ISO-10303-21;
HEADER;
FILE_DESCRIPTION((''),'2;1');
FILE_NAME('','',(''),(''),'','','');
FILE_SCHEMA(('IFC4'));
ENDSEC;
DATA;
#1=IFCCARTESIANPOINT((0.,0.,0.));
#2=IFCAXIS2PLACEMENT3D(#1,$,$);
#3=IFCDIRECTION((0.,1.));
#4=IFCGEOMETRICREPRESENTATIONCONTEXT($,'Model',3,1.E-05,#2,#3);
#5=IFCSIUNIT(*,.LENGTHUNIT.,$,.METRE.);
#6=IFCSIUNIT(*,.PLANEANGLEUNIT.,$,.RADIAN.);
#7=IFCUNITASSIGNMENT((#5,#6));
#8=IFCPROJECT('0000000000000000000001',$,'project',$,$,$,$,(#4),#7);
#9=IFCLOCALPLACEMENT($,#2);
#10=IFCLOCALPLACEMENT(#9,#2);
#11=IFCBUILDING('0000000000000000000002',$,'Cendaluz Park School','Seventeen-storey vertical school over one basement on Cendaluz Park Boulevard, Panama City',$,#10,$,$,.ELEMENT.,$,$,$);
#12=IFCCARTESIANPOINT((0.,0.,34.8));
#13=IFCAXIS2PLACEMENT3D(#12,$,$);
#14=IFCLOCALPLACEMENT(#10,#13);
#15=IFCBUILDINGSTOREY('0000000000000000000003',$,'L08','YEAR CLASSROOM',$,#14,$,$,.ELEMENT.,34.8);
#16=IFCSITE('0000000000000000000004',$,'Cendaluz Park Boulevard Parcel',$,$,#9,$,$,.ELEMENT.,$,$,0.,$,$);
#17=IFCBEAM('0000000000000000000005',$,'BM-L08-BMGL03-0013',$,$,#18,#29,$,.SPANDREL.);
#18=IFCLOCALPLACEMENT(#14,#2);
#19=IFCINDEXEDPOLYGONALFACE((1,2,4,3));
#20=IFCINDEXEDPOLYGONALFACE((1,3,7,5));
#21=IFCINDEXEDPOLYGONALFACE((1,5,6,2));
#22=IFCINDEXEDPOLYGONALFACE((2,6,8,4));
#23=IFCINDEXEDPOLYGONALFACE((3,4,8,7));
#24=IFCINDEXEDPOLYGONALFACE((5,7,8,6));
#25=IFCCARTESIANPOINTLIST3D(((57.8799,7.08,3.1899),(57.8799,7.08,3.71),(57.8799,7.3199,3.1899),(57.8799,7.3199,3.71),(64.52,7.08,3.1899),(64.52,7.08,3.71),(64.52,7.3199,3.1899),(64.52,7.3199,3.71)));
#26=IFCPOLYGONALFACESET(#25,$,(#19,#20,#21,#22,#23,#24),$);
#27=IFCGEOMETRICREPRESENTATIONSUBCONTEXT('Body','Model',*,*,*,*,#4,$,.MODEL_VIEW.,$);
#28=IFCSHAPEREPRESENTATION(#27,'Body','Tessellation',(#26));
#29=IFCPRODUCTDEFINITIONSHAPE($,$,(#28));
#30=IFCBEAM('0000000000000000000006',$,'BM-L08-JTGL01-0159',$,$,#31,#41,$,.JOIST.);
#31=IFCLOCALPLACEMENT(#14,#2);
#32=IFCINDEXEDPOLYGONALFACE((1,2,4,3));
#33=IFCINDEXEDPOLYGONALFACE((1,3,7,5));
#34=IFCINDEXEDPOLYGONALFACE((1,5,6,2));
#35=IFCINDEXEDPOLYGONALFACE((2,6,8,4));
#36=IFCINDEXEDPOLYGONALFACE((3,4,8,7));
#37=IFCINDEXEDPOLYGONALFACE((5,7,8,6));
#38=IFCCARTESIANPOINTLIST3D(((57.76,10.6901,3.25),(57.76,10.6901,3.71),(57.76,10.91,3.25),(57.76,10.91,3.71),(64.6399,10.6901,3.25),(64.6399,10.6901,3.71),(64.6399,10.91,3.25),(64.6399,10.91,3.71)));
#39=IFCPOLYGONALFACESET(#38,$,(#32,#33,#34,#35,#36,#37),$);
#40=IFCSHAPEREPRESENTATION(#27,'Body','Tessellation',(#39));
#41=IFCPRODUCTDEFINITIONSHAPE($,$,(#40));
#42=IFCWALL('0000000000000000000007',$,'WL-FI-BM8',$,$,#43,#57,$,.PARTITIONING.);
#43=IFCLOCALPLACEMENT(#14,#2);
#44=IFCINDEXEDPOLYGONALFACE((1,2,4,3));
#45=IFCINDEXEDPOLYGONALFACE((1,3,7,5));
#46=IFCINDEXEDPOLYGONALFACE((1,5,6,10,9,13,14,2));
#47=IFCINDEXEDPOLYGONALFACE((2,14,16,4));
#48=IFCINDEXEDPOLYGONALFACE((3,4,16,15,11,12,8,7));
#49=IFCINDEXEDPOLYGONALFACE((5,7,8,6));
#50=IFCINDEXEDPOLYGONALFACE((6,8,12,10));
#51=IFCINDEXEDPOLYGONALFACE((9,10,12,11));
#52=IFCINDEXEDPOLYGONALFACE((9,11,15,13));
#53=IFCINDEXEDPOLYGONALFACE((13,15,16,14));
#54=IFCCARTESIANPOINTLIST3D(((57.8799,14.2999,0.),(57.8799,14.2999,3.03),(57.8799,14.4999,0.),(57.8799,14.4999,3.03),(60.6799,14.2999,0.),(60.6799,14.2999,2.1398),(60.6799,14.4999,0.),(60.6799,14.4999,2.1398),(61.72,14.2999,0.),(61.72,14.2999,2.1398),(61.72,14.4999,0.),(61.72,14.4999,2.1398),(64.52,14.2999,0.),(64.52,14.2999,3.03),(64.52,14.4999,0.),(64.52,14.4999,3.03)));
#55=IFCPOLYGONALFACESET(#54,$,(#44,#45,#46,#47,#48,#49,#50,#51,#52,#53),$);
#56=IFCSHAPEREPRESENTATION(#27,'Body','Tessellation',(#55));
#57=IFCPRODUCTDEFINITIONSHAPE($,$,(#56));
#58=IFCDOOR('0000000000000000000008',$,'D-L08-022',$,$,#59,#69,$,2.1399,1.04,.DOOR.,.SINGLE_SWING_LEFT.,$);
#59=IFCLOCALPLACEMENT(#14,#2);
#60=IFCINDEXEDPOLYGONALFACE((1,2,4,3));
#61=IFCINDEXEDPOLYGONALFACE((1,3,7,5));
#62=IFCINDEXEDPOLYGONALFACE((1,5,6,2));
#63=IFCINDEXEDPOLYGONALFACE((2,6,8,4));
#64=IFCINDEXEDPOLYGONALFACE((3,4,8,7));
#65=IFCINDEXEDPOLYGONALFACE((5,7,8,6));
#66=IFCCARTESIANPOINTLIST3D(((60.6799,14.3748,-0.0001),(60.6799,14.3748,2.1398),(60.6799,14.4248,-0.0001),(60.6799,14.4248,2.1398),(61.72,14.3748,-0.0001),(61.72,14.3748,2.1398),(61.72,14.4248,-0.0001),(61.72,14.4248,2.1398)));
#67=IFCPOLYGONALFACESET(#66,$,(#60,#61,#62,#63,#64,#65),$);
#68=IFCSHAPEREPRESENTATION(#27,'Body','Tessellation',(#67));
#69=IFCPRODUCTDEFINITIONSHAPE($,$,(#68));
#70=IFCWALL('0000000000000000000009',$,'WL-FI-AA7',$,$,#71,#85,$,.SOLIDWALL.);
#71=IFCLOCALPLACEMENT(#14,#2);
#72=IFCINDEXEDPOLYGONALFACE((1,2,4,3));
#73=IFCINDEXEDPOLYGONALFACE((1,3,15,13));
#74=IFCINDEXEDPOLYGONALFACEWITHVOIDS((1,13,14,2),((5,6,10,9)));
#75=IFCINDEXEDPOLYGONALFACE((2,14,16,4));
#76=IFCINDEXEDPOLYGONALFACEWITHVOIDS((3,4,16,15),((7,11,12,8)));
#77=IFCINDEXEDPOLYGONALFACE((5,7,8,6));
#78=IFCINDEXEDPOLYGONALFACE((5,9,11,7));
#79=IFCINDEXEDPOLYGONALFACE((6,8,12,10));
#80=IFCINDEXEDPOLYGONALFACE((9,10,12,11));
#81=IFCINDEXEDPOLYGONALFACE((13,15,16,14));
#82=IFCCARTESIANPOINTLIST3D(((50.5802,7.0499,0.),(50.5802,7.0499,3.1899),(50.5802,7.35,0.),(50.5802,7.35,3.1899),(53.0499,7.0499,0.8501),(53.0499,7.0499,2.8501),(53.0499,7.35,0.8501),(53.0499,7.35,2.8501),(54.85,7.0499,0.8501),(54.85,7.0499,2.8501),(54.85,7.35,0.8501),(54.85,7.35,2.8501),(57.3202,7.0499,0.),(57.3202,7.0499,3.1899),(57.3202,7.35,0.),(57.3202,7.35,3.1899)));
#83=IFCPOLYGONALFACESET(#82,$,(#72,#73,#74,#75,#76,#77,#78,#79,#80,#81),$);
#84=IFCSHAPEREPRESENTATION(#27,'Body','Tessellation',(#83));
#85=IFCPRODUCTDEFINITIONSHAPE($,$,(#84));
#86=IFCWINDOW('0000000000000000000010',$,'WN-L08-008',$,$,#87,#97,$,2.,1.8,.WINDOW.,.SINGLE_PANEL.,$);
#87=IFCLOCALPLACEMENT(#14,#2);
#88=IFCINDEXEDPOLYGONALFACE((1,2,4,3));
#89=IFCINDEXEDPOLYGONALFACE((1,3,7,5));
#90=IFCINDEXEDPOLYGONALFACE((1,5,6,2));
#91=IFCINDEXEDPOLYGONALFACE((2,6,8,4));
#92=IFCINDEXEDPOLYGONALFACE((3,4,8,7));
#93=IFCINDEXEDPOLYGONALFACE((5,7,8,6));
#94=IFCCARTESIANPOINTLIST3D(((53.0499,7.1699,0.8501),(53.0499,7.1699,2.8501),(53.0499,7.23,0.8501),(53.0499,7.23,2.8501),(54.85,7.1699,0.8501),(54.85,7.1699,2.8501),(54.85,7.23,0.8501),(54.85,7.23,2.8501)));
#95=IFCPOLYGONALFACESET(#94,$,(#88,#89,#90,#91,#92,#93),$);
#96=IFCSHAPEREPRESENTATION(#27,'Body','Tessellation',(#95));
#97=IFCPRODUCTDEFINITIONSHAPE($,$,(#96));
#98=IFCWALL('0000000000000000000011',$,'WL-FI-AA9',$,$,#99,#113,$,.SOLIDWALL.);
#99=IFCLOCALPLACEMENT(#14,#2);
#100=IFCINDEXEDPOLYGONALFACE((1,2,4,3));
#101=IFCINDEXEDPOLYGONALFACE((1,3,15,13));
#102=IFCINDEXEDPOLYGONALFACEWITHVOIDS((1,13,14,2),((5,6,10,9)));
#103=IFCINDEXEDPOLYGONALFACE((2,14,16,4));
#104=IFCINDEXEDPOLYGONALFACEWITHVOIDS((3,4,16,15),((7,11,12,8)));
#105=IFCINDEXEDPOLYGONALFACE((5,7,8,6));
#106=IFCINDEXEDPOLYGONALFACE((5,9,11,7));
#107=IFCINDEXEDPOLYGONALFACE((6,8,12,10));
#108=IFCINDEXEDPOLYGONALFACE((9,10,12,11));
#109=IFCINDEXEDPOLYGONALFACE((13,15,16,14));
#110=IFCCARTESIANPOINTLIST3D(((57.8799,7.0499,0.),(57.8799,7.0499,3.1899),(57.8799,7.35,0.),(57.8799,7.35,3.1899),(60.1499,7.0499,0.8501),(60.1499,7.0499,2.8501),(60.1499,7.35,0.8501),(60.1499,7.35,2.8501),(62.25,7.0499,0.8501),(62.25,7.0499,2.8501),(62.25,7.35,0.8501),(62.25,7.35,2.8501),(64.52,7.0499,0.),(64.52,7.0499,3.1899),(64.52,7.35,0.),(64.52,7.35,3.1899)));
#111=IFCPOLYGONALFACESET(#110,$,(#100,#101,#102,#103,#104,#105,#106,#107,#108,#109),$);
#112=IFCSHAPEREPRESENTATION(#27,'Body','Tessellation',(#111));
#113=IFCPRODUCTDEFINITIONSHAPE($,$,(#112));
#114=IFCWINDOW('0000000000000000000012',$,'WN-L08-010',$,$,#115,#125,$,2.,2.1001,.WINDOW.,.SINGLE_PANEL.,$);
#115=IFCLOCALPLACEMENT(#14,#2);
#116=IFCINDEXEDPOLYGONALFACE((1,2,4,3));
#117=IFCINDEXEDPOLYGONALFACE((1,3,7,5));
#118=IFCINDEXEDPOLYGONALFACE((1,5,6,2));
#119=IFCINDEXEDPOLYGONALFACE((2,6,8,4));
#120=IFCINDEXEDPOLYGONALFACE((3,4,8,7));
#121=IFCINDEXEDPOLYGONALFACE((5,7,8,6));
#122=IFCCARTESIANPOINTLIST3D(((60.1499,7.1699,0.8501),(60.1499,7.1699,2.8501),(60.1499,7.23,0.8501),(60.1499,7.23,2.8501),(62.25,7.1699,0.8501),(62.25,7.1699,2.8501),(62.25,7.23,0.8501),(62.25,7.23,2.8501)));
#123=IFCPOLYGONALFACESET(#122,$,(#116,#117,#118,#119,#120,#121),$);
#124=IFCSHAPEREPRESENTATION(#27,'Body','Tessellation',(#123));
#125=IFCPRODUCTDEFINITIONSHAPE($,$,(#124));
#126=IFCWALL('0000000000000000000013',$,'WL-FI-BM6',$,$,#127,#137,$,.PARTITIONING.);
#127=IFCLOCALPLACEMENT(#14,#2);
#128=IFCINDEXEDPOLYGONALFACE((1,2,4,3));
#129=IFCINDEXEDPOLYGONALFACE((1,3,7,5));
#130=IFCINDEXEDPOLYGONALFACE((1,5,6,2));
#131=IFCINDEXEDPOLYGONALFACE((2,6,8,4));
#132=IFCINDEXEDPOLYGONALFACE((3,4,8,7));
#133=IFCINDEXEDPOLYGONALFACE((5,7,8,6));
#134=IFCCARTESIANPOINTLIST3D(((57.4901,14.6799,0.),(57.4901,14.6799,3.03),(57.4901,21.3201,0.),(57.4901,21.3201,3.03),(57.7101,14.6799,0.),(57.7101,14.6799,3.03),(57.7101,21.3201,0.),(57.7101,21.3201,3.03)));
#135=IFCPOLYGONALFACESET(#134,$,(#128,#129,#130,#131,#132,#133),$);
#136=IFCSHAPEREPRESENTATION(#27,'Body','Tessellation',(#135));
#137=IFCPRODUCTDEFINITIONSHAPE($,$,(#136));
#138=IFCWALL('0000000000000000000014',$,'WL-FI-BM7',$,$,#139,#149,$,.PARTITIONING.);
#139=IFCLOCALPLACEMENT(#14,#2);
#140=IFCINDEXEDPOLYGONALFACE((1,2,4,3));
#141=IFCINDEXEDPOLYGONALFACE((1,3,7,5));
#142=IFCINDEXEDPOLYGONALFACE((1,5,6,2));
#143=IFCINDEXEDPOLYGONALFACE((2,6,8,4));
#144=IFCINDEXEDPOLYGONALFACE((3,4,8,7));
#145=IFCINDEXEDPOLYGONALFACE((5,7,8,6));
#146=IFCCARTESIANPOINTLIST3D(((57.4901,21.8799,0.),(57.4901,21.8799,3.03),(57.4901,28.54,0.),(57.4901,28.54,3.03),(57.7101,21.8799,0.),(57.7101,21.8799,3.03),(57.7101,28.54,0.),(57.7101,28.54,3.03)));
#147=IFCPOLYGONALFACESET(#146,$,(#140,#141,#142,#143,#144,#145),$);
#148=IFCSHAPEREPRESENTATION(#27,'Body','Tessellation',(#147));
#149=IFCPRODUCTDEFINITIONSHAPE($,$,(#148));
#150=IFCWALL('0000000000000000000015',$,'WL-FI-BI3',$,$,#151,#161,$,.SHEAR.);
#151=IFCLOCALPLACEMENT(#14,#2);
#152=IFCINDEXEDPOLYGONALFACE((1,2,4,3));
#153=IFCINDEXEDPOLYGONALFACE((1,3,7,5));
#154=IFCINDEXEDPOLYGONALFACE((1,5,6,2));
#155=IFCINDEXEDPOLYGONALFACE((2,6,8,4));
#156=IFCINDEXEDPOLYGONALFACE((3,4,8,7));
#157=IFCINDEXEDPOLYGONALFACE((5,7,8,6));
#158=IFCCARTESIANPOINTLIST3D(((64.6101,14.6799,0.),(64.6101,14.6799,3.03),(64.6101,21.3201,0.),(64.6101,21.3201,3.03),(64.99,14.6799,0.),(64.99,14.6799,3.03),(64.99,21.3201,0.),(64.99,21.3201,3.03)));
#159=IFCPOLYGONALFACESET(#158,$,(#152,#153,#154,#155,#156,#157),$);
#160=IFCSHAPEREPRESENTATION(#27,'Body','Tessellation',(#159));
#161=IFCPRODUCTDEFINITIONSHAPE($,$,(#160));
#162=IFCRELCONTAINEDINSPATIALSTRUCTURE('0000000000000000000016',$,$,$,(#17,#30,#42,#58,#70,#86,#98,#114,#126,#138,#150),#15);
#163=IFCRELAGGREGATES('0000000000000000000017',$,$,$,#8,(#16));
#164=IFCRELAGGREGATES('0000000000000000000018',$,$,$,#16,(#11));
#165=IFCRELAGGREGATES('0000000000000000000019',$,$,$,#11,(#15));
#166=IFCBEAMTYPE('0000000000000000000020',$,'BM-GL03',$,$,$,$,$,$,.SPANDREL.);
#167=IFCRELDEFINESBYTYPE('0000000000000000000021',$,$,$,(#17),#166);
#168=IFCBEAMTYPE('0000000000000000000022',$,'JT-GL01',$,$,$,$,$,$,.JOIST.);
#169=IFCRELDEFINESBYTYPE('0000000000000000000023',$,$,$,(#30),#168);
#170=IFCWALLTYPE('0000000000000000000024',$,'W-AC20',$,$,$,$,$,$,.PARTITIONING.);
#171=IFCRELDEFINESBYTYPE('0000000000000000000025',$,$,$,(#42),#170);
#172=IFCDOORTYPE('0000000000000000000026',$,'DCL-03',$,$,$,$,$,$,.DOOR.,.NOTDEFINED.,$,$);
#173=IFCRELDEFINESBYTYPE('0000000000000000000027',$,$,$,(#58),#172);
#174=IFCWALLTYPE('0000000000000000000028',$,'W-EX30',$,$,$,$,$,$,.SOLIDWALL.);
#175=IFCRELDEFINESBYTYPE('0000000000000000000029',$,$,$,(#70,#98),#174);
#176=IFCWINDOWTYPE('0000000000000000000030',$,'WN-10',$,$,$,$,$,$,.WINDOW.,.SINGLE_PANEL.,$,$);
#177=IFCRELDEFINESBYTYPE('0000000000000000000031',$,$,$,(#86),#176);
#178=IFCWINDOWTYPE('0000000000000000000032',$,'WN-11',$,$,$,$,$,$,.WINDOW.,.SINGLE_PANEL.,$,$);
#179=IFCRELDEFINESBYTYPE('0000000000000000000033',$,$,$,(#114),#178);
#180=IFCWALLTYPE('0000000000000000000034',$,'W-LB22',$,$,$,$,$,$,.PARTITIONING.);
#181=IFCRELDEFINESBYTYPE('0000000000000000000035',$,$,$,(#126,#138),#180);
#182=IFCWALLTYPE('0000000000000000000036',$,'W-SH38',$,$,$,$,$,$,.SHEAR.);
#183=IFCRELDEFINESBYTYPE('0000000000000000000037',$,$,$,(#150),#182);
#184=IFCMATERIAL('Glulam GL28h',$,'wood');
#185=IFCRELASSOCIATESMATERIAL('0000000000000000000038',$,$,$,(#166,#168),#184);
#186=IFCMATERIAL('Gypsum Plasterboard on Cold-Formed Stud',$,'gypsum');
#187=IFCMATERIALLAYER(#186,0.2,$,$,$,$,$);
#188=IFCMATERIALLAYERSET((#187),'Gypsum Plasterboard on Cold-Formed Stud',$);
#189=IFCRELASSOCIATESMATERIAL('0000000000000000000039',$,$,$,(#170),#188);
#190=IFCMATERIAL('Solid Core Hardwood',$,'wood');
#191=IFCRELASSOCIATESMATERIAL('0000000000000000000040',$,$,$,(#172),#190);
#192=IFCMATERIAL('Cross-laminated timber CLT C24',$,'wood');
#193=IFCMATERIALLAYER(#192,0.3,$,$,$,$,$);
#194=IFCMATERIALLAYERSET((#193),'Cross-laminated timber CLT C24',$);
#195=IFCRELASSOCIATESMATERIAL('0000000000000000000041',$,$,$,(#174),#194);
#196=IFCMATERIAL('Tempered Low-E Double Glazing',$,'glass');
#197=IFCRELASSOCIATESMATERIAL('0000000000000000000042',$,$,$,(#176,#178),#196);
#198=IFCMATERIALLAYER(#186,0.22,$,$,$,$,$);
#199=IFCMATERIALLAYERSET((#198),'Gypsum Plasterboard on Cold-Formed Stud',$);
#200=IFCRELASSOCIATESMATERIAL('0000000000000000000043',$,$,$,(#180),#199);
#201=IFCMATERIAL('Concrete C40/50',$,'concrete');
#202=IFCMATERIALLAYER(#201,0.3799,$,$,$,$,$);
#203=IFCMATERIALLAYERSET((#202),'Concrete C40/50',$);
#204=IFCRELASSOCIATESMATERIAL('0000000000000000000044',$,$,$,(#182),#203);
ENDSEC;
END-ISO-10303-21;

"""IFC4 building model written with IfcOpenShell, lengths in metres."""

from ifc_helpers import new_model, si_unit, direction, frame, frame_2d, origin, origin_2d, place, context, subcontext, project, spatial, rectangle, extrude, material, layer, layer_set, material_profile, profile_set, type_object, element, fill, save


model = new_model("IFC4")

# Units and contexts
model_context = context("Model", 3, precision=1e-05, world=origin(), true_north=direction((0.0, 1.0)))
body_context = subcontext(model_context, "Body", "Model", "MODEL_VIEW")
ifc_project = project(units=[si_unit("LENGTHUNIT", "METRE"), si_unit("PLANEANGLEUNIT", "RADIAN")], contexts=[model_context])

# Site, building, storey
site_placement = place(None, origin())
site = spatial("IfcSite", under=ifc_project, at=site_placement, Name="Cendaluz Park Boulevard Parcel", CompositionType="ELEMENT", RefElevation=0.0)
building_placement = place(site_placement, origin())
building = spatial("IfcBuilding", under=site, at=building_placement, Name="Cendaluz Park School", Description="Seventeen-storey vertical school over one basement on Cendaluz Park Boulevard, Panama City", CompositionType="ELEMENT")
storey_placement = place(building_placement, frame((0.0, 0.0, 34.8)))
storey = spatial("IfcBuildingStorey", under=building, at=storey_placement, Name="L08", Description="YEAR CLASSROOM", CompositionType="ELEMENT", Elevation=34.8)

# Beams
ifc_material_1 = material(Name="Glulam GL28h", Category="wood")
ifc_material_profile_1 = material_profile(ifc_material_1, rectangle(XDim=0.24, YDim=0.52, at=origin_2d()), Name="GL28h 240x520", Category="wood")
ifc_profile_set_1 = profile_set([ifc_material_profile_1], Name="Glulam GL28h")
beam_type_1 = type_object("IfcBeamType", Name="BM-GL03", PredefinedType="SPANDREL", material=ifc_profile_set_1)
beam_1_placement = place(storey_placement, frame((57.8799, 7.2, 3.45), z_axis=(1.0, 0.0, 0.0), x_axis=(0.0, 1.0, 0.0)))
element("IfcBeam", 1, at=beam_1_placement, inside=storey, type_object=beam_type_1, Name="BM-L08-BMGL03-0013", PredefinedType="SPANDREL", context=body_context, shape_type="SweptSolid", body=[
    extrude(rectangle(XDim=0.24, YDim=0.52, at=origin_2d()), origin(), (0.0, 0.0, 1.0), 6.6401),
])
ifc_material_profile_2 = material_profile(ifc_material_1, rectangle(XDim=0.22, YDim=0.46, at=origin_2d()), Name="GL28h 220x460", Category="wood")
ifc_profile_set_2 = profile_set([ifc_material_profile_2], Name="Glulam GL28h")
beam_type_2 = type_object("IfcBeamType", Name="JT-GL01", PredefinedType="JOIST", material=ifc_profile_set_2)
beam_2_placement = place(storey_placement, frame((57.76, 10.8, 3.48), z_axis=(1.0, 0.0, 0.0), x_axis=(0.0, 1.0, 0.0)))
element("IfcBeam", 2, at=beam_2_placement, inside=storey, type_object=beam_type_2, Name="BM-L08-JTGL01-0159", PredefinedType="JOIST", context=body_context, shape_type="SweptSolid", body=[
    extrude(rectangle(XDim=0.22, YDim=0.46, at=origin_2d()), origin(), (0.0, 0.0, 1.0), 6.8799),
])

# Wall, opening, door
ifc_material_2 = material(Name="Gypsum Plasterboard on Cold-Formed Stud", Category="gypsum")
ifc_layer_1 = layer(ifc_material_2, 0.2)
ifc_layer_set_1 = layer_set([ifc_layer_1], Name="Gypsum Plasterboard on Cold-Formed Stud")
wall_type_1 = type_object("IfcWallType", Name="W-AC20", PredefinedType="PARTITIONING", material=ifc_layer_set_1)
wall_1_placement = place(storey_placement, frame((57.8799, 14.3999, 0.0), z_axis=(0.0, 0.0, 1.0), x_axis=(1.0, 0.0, 0.0)))
wall_1 = element("IfcWall", 3, at=wall_1_placement, inside=storey, type_object=wall_type_1, Name="WL-FI-BM8", PredefinedType="PARTITIONING", context=body_context, shape_type="SweptSolid", body=[
    extrude(rectangle(XDim=6.6401, YDim=0.2, at=frame_2d((3.3201, 0.0))), origin(), (0.0, 0.0, 1.0), 3.03),
])
opening_1_placement = place(wall_1_placement, frame((2.8, 0.0, 0.0)))
opening_1 = element("IfcOpeningElement", 4, at=opening_1_placement, cuts=wall_1, PredefinedType="OPENING", context=body_context, shape_type="SweptSolid", body=[
    extrude(rectangle(XDim=1.04, YDim=2.1399, at=frame_2d((0.52, 1.0698))), frame((0.0, 0.1121, 0.0), z_axis=(0.0, -1.0, 0.0), x_axis=(1.0, 0.0, 0.0)), (0.0, 0.0, 1.0), 0.2239),
])
ifc_material_3 = material(Name="Solid Core Hardwood", Category="wood")
door_type_1 = type_object("IfcDoorType", Name="DCL-03", OperationType="NOTDEFINED", PredefinedType="DOOR", material=ifc_material_3)
door_1_placement = place(opening_1_placement, origin())
door_1 = element("IfcDoor", 5, at=door_1_placement, inside=storey, type_object=door_type_1, Name="D-L08-022", OperationType="SINGLE_SWING_LEFT", OverallHeight=2.1399, OverallWidth=1.04, PredefinedType="DOOR", context=body_context, shape_type="SweptSolid", body=[
    extrude(rectangle(XDim=1.04, YDim=2.1399, at=frame_2d((0.52, 1.0698))), frame((0.0, 0.0249, 0.0), z_axis=(0.0, -1.0, 0.0), x_axis=(1.0, 0.0, 0.0)), (0.0, 0.0, 1.0), 0.05),
])
fill(opening_1, door_1)

# Walls, openings, windows
ifc_material_4 = material(Name="Cross-laminated timber CLT C24", Category="wood")
ifc_layer_2 = layer(ifc_material_4, 0.3)
ifc_layer_set_2 = layer_set([ifc_layer_2], Name="Cross-laminated timber CLT C24")
wall_type_2 = type_object("IfcWallType", Name="W-EX30", PredefinedType="SOLIDWALL", material=ifc_layer_set_2)
wall_2_placement = place(storey_placement, frame((50.5801, 7.2, 0.0), z_axis=(0.0, 0.0, 1.0), x_axis=(1.0, 0.0, 0.0)))
wall_2 = element("IfcWall", 6, at=wall_2_placement, inside=storey, type_object=wall_type_2, Name="WL-FI-AA7", PredefinedType="SOLIDWALL", context=body_context, shape_type="SweptSolid", body=[
    extrude(rectangle(XDim=6.74, YDim=0.3, at=frame_2d((3.3701, 0.0))), origin(), (0.0, 0.0, 1.0), 3.1899),
])
opening_2_placement = place(wall_2_placement, frame((2.47, 0.0, 0.8501)))
opening_2 = element("IfcOpeningElement", 7, at=opening_2_placement, cuts=wall_2, PredefinedType="OPENING", context=body_context, shape_type="SweptSolid", body=[
    extrude(rectangle(XDim=1.8, YDim=2.0, at=frame_2d((0.8999, 1.0))), frame((0.0, 0.1621, 0.0), z_axis=(0.0, -1.0, 0.0), x_axis=(1.0, 0.0, 0.0)), (0.0, 0.0, 1.0), 0.324),
])
ifc_material_5 = material(Name="Tempered Low-E Double Glazing", Category="glass")
window_type_1 = type_object("IfcWindowType", Name="WN-10", PartitioningType="SINGLE_PANEL", PredefinedType="WINDOW", material=ifc_material_5)
window_1_placement = place(opening_2_placement, origin())
window_1 = element("IfcWindow", 8, at=window_1_placement, inside=storey, type_object=window_type_1, Name="WN-L08-008", OverallHeight=2.0, OverallWidth=1.8, PartitioningType="SINGLE_PANEL", PredefinedType="WINDOW", context=body_context, shape_type="SweptSolid", body=[
    extrude(rectangle(XDim=1.8, YDim=2.0, at=frame_2d((0.8999, 1.0))), frame((0.0, 0.03, 0.0), z_axis=(0.0, -1.0, 0.0), x_axis=(1.0, 0.0, 0.0)), (0.0, 0.0, 1.0), 0.0601),
])
fill(opening_2, window_1)
wall_3_placement = place(storey_placement, frame((57.8799, 7.2, 0.0), z_axis=(0.0, 0.0, 1.0), x_axis=(1.0, 0.0, 0.0)))
wall_3 = element("IfcWall", 9, at=wall_3_placement, inside=storey, type_object=wall_type_2, Name="WL-FI-AA9", PredefinedType="SOLIDWALL", context=body_context, shape_type="SweptSolid", body=[
    extrude(rectangle(XDim=6.6401, YDim=0.3, at=frame_2d((3.3201, 0.0))), origin(), (0.0, 0.0, 1.0), 3.1899),
])
opening_3_placement = place(wall_3_placement, frame((2.27, 0.0, 0.8501)))
opening_3 = element("IfcOpeningElement", 10, at=opening_3_placement, cuts=wall_3, PredefinedType="OPENING", context=body_context, shape_type="SweptSolid", body=[
    extrude(rectangle(XDim=2.1001, YDim=2.0, at=frame_2d((1.05, 1.0))), frame((0.0, 0.1621, 0.0), z_axis=(0.0, -1.0, 0.0), x_axis=(1.0, 0.0, 0.0)), (0.0, 0.0, 1.0), 0.324),
])
window_type_2 = type_object("IfcWindowType", Name="WN-11", PartitioningType="SINGLE_PANEL", PredefinedType="WINDOW", material=ifc_material_5)
window_2_placement = place(opening_3_placement, origin())
window_2 = element("IfcWindow", 11, at=window_2_placement, inside=storey, type_object=window_type_2, Name="WN-L08-010", OverallHeight=2.0, OverallWidth=2.1001, PartitioningType="SINGLE_PANEL", PredefinedType="WINDOW", context=body_context, shape_type="SweptSolid", body=[
    extrude(rectangle(XDim=2.1001, YDim=2.0, at=frame_2d((1.05, 1.0))), frame((0.0, 0.03, 0.0), z_axis=(0.0, -1.0, 0.0), x_axis=(1.0, 0.0, 0.0)), (0.0, 0.0, 1.0), 0.0601),
])
fill(opening_3, window_2)

# Shared definitions
ifc_layer_3 = layer(ifc_material_2, 0.22)
ifc_layer_set_3 = layer_set([ifc_layer_3], Name="Gypsum Plasterboard on Cold-Formed Stud")
wall_type_3 = type_object("IfcWallType", Name="W-LB22", PredefinedType="PARTITIONING", material=ifc_layer_set_3)

# Walls
wall_4_placement = place(storey_placement, frame((57.6001, 14.6799, 0.0), z_axis=(0.0, 0.0, 1.0), x_axis=(0.0, 1.0, 0.0)))
element("IfcWall", 12, at=wall_4_placement, inside=storey, type_object=wall_type_3, Name="WL-FI-BM6", PredefinedType="PARTITIONING", context=body_context, shape_type="SweptSolid", body=[
    extrude(rectangle(XDim=6.6401, YDim=0.22, at=frame_2d((3.3201, 0.0))), origin(), (0.0, 0.0, 1.0), 3.03),
])
wall_5_placement = place(storey_placement, frame((57.6001, 21.8799, 0.0), z_axis=(0.0, 0.0, 1.0), x_axis=(0.0, 1.0, 0.0)))
element("IfcWall", 13, at=wall_5_placement, inside=storey, type_object=wall_type_3, Name="WL-FI-BM7", PredefinedType="PARTITIONING", context=body_context, shape_type="SweptSolid", body=[
    extrude(rectangle(XDim=6.6602, YDim=0.22, at=frame_2d((3.3301, 0.0))), origin(), (0.0, 0.0, 1.0), 3.03),
])
ifc_material_6 = material(Name="Concrete C40/50", Category="concrete")
ifc_layer_4 = layer(ifc_material_6, 0.3799)
ifc_layer_set_4 = layer_set([ifc_layer_4], Name="Concrete C40/50")
wall_type_4 = type_object("IfcWallType", Name="W-SH38", PredefinedType="SHEAR", material=ifc_layer_set_4)
for number, where, z_axis, x_axis, name in (
    (14, (64.8, 14.6799, 0.0), (0.0, 0.0, 1.0), (0.0, 1.0, 0.0), "WL-FI-BI3"),
):
    element("IfcWall", number, at=place(storey_placement, frame(where, z_axis=z_axis, x_axis=x_axis)), inside=storey, type_object=wall_type_4, Name=name, PredefinedType="SHEAR", context=body_context, shape_type="SweptSolid", body=[
        extrude(rectangle(XDim=6.6401, YDim=0.3799, at=frame_2d((3.3201, 0.0))), origin(), (0.0, 0.0, 1.0), 3.03),
    ])

save(model, "model.ifc")
